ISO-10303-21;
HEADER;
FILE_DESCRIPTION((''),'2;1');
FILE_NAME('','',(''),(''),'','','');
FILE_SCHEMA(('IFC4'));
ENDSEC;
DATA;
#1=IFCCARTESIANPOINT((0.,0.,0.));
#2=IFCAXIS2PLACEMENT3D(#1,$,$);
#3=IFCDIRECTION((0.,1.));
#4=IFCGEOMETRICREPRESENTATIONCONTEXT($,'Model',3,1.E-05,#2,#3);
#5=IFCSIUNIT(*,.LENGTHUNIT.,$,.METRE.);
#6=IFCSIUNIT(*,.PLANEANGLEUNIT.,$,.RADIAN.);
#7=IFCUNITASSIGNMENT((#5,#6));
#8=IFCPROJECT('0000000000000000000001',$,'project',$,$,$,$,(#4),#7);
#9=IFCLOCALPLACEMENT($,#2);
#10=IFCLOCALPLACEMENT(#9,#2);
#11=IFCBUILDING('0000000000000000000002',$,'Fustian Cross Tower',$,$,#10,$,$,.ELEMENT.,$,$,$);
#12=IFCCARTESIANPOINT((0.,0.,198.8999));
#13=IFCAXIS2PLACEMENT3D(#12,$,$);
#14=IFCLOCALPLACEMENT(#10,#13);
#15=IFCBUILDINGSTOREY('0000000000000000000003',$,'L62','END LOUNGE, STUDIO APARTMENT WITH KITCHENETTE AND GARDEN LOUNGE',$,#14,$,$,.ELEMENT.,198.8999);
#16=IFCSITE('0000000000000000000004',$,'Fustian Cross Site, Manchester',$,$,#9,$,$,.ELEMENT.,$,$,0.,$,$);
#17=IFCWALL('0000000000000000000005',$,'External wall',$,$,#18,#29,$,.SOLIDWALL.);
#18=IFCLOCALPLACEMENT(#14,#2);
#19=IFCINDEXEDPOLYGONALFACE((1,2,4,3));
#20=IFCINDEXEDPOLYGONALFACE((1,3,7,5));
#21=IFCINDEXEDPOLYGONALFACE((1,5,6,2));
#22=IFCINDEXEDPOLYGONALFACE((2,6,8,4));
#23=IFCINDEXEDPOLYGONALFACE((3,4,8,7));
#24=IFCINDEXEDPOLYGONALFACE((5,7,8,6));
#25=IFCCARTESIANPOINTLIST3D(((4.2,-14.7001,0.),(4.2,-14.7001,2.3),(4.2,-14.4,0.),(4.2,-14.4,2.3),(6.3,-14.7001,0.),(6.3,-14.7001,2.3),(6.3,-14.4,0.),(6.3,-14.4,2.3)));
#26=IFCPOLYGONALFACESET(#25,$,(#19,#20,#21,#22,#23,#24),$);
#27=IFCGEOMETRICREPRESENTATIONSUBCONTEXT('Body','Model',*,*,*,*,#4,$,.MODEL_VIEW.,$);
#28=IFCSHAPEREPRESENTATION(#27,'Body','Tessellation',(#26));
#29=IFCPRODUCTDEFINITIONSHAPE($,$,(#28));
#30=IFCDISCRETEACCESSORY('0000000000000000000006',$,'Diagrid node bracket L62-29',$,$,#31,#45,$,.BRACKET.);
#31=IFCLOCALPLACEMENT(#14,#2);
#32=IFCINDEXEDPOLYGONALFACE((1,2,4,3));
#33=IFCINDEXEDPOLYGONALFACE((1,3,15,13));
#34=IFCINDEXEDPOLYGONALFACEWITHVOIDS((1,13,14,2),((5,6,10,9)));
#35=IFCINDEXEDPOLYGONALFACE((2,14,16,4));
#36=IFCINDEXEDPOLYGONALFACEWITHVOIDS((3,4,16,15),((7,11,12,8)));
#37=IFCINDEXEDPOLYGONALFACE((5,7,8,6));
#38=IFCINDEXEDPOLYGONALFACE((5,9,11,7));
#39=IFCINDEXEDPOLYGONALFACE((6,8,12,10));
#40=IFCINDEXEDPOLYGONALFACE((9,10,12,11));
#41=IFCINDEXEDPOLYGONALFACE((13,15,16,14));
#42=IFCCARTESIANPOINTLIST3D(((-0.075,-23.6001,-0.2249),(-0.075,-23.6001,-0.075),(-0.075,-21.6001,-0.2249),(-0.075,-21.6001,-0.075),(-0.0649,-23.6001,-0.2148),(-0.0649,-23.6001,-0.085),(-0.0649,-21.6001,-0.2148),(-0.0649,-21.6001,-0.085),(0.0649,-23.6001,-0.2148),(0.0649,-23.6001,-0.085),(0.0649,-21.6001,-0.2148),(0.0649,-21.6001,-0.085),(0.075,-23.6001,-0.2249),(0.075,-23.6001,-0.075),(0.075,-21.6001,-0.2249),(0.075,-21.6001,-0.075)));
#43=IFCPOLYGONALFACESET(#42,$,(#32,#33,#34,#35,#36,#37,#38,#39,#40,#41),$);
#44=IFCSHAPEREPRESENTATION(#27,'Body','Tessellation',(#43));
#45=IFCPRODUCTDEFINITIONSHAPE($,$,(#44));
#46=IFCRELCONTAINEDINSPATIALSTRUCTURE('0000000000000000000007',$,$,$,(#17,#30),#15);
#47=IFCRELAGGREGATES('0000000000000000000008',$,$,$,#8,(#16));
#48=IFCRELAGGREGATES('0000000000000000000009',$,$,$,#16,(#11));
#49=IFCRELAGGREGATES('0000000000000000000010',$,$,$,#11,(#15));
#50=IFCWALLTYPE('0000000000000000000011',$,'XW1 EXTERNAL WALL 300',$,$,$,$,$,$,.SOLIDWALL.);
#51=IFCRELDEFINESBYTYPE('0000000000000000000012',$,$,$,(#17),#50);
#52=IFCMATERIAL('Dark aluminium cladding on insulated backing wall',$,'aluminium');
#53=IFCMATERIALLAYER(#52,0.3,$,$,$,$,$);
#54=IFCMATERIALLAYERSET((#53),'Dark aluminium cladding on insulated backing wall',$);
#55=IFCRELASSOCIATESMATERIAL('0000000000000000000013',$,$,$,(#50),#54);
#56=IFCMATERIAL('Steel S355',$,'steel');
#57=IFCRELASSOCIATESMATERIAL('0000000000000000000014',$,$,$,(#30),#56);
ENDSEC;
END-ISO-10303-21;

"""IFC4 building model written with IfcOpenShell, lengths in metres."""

from ifc_helpers import new_model, si_unit, direction, frame, frame_2d, origin, origin_2d, place, context, subcontext, project, spatial, rectangle, hollow_rectangle, extrude, material, layer, layer_set, type_object, element, save


model = new_model("IFC4")

# Units and contexts
model_context = context("Model", 3, precision=1e-05, world=origin(), true_north=direction((0.0, 1.0)))
body_context = subcontext(model_context, "Body", "Model", "MODEL_VIEW")
ifc_project = project(units=[si_unit("LENGTHUNIT", "METRE"), si_unit("PLANEANGLEUNIT", "RADIAN")], contexts=[model_context])

# Site, building, storey
site_placement = place(None, origin())
site = spatial("IfcSite", under=ifc_project, at=site_placement, Name="Fustian Cross Site, Manchester", CompositionType="ELEMENT", RefElevation=0.0)
building_placement = place(site_placement, origin())
building = spatial("IfcBuilding", under=site, at=building_placement, Name="Fustian Cross Tower", CompositionType="ELEMENT")
storey_placement = place(building_placement, frame((0.0, 0.0, 198.8999)))
storey = spatial("IfcBuildingStorey", under=building, at=storey_placement, Name="L62", Description="END LOUNGE, STUDIO APARTMENT WITH KITCHENETTE AND GARDEN LOUNGE", CompositionType="ELEMENT", Elevation=198.8999)

# Shared definitions
ifc_material_1 = material(Name="Dark aluminium cladding on insulated backing wall", Category="aluminium")
ifc_layer_1 = layer(ifc_material_1, 0.3)
ifc_layer_set_1 = layer_set([ifc_layer_1], Name="Dark aluminium cladding on insulated backing wall")
wall_type_1 = type_object("IfcWallType", Name="XW1 EXTERNAL WALL 300", PredefinedType="SOLIDWALL", material=ifc_layer_set_1)

# Wall
wall_1_placement = place(storey_placement, frame((6.3, -14.55, 0.0), z_axis=(0.0, 0.0, 1.0), x_axis=(-1.0, 0.0, 0.0)))
element("IfcWall", 1, at=wall_1_placement, inside=storey, type_object=wall_type_1, Name="External wall", PredefinedType="SOLIDWALL", context=body_context, shape_type="SweptSolid", body=[
    extrude(rectangle(XDim=2.1001, YDim=0.3, at=frame_2d((1.05, 0.0))), origin(), (0.0, 0.0, 1.0), 2.3),
])

# Discrete accessory
ifc_material_2 = material(Name="Steel S355", Category="steel")
discrete_accessory_placement = place(storey_placement, frame((0.0, -23.6001, -0.1499), z_axis=(0.0, 1.0, 0.0), x_axis=(-1.0, 0.0, 0.0)))
element("IfcDiscreteAccessory", 2, at=discrete_accessory_placement, inside=storey, material=ifc_material_2, Name="Diagrid node bracket L62-29", PredefinedType="BRACKET", context=body_context, shape_type="SweptSolid", body=[
    extrude(hollow_rectangle(XDim=0.1499, YDim=0.1499, WallThickness=0.01, at=origin_2d()), origin(), (0.0, 0.0, 1.0), 2.0),
])

save(model, "model.ifc")
